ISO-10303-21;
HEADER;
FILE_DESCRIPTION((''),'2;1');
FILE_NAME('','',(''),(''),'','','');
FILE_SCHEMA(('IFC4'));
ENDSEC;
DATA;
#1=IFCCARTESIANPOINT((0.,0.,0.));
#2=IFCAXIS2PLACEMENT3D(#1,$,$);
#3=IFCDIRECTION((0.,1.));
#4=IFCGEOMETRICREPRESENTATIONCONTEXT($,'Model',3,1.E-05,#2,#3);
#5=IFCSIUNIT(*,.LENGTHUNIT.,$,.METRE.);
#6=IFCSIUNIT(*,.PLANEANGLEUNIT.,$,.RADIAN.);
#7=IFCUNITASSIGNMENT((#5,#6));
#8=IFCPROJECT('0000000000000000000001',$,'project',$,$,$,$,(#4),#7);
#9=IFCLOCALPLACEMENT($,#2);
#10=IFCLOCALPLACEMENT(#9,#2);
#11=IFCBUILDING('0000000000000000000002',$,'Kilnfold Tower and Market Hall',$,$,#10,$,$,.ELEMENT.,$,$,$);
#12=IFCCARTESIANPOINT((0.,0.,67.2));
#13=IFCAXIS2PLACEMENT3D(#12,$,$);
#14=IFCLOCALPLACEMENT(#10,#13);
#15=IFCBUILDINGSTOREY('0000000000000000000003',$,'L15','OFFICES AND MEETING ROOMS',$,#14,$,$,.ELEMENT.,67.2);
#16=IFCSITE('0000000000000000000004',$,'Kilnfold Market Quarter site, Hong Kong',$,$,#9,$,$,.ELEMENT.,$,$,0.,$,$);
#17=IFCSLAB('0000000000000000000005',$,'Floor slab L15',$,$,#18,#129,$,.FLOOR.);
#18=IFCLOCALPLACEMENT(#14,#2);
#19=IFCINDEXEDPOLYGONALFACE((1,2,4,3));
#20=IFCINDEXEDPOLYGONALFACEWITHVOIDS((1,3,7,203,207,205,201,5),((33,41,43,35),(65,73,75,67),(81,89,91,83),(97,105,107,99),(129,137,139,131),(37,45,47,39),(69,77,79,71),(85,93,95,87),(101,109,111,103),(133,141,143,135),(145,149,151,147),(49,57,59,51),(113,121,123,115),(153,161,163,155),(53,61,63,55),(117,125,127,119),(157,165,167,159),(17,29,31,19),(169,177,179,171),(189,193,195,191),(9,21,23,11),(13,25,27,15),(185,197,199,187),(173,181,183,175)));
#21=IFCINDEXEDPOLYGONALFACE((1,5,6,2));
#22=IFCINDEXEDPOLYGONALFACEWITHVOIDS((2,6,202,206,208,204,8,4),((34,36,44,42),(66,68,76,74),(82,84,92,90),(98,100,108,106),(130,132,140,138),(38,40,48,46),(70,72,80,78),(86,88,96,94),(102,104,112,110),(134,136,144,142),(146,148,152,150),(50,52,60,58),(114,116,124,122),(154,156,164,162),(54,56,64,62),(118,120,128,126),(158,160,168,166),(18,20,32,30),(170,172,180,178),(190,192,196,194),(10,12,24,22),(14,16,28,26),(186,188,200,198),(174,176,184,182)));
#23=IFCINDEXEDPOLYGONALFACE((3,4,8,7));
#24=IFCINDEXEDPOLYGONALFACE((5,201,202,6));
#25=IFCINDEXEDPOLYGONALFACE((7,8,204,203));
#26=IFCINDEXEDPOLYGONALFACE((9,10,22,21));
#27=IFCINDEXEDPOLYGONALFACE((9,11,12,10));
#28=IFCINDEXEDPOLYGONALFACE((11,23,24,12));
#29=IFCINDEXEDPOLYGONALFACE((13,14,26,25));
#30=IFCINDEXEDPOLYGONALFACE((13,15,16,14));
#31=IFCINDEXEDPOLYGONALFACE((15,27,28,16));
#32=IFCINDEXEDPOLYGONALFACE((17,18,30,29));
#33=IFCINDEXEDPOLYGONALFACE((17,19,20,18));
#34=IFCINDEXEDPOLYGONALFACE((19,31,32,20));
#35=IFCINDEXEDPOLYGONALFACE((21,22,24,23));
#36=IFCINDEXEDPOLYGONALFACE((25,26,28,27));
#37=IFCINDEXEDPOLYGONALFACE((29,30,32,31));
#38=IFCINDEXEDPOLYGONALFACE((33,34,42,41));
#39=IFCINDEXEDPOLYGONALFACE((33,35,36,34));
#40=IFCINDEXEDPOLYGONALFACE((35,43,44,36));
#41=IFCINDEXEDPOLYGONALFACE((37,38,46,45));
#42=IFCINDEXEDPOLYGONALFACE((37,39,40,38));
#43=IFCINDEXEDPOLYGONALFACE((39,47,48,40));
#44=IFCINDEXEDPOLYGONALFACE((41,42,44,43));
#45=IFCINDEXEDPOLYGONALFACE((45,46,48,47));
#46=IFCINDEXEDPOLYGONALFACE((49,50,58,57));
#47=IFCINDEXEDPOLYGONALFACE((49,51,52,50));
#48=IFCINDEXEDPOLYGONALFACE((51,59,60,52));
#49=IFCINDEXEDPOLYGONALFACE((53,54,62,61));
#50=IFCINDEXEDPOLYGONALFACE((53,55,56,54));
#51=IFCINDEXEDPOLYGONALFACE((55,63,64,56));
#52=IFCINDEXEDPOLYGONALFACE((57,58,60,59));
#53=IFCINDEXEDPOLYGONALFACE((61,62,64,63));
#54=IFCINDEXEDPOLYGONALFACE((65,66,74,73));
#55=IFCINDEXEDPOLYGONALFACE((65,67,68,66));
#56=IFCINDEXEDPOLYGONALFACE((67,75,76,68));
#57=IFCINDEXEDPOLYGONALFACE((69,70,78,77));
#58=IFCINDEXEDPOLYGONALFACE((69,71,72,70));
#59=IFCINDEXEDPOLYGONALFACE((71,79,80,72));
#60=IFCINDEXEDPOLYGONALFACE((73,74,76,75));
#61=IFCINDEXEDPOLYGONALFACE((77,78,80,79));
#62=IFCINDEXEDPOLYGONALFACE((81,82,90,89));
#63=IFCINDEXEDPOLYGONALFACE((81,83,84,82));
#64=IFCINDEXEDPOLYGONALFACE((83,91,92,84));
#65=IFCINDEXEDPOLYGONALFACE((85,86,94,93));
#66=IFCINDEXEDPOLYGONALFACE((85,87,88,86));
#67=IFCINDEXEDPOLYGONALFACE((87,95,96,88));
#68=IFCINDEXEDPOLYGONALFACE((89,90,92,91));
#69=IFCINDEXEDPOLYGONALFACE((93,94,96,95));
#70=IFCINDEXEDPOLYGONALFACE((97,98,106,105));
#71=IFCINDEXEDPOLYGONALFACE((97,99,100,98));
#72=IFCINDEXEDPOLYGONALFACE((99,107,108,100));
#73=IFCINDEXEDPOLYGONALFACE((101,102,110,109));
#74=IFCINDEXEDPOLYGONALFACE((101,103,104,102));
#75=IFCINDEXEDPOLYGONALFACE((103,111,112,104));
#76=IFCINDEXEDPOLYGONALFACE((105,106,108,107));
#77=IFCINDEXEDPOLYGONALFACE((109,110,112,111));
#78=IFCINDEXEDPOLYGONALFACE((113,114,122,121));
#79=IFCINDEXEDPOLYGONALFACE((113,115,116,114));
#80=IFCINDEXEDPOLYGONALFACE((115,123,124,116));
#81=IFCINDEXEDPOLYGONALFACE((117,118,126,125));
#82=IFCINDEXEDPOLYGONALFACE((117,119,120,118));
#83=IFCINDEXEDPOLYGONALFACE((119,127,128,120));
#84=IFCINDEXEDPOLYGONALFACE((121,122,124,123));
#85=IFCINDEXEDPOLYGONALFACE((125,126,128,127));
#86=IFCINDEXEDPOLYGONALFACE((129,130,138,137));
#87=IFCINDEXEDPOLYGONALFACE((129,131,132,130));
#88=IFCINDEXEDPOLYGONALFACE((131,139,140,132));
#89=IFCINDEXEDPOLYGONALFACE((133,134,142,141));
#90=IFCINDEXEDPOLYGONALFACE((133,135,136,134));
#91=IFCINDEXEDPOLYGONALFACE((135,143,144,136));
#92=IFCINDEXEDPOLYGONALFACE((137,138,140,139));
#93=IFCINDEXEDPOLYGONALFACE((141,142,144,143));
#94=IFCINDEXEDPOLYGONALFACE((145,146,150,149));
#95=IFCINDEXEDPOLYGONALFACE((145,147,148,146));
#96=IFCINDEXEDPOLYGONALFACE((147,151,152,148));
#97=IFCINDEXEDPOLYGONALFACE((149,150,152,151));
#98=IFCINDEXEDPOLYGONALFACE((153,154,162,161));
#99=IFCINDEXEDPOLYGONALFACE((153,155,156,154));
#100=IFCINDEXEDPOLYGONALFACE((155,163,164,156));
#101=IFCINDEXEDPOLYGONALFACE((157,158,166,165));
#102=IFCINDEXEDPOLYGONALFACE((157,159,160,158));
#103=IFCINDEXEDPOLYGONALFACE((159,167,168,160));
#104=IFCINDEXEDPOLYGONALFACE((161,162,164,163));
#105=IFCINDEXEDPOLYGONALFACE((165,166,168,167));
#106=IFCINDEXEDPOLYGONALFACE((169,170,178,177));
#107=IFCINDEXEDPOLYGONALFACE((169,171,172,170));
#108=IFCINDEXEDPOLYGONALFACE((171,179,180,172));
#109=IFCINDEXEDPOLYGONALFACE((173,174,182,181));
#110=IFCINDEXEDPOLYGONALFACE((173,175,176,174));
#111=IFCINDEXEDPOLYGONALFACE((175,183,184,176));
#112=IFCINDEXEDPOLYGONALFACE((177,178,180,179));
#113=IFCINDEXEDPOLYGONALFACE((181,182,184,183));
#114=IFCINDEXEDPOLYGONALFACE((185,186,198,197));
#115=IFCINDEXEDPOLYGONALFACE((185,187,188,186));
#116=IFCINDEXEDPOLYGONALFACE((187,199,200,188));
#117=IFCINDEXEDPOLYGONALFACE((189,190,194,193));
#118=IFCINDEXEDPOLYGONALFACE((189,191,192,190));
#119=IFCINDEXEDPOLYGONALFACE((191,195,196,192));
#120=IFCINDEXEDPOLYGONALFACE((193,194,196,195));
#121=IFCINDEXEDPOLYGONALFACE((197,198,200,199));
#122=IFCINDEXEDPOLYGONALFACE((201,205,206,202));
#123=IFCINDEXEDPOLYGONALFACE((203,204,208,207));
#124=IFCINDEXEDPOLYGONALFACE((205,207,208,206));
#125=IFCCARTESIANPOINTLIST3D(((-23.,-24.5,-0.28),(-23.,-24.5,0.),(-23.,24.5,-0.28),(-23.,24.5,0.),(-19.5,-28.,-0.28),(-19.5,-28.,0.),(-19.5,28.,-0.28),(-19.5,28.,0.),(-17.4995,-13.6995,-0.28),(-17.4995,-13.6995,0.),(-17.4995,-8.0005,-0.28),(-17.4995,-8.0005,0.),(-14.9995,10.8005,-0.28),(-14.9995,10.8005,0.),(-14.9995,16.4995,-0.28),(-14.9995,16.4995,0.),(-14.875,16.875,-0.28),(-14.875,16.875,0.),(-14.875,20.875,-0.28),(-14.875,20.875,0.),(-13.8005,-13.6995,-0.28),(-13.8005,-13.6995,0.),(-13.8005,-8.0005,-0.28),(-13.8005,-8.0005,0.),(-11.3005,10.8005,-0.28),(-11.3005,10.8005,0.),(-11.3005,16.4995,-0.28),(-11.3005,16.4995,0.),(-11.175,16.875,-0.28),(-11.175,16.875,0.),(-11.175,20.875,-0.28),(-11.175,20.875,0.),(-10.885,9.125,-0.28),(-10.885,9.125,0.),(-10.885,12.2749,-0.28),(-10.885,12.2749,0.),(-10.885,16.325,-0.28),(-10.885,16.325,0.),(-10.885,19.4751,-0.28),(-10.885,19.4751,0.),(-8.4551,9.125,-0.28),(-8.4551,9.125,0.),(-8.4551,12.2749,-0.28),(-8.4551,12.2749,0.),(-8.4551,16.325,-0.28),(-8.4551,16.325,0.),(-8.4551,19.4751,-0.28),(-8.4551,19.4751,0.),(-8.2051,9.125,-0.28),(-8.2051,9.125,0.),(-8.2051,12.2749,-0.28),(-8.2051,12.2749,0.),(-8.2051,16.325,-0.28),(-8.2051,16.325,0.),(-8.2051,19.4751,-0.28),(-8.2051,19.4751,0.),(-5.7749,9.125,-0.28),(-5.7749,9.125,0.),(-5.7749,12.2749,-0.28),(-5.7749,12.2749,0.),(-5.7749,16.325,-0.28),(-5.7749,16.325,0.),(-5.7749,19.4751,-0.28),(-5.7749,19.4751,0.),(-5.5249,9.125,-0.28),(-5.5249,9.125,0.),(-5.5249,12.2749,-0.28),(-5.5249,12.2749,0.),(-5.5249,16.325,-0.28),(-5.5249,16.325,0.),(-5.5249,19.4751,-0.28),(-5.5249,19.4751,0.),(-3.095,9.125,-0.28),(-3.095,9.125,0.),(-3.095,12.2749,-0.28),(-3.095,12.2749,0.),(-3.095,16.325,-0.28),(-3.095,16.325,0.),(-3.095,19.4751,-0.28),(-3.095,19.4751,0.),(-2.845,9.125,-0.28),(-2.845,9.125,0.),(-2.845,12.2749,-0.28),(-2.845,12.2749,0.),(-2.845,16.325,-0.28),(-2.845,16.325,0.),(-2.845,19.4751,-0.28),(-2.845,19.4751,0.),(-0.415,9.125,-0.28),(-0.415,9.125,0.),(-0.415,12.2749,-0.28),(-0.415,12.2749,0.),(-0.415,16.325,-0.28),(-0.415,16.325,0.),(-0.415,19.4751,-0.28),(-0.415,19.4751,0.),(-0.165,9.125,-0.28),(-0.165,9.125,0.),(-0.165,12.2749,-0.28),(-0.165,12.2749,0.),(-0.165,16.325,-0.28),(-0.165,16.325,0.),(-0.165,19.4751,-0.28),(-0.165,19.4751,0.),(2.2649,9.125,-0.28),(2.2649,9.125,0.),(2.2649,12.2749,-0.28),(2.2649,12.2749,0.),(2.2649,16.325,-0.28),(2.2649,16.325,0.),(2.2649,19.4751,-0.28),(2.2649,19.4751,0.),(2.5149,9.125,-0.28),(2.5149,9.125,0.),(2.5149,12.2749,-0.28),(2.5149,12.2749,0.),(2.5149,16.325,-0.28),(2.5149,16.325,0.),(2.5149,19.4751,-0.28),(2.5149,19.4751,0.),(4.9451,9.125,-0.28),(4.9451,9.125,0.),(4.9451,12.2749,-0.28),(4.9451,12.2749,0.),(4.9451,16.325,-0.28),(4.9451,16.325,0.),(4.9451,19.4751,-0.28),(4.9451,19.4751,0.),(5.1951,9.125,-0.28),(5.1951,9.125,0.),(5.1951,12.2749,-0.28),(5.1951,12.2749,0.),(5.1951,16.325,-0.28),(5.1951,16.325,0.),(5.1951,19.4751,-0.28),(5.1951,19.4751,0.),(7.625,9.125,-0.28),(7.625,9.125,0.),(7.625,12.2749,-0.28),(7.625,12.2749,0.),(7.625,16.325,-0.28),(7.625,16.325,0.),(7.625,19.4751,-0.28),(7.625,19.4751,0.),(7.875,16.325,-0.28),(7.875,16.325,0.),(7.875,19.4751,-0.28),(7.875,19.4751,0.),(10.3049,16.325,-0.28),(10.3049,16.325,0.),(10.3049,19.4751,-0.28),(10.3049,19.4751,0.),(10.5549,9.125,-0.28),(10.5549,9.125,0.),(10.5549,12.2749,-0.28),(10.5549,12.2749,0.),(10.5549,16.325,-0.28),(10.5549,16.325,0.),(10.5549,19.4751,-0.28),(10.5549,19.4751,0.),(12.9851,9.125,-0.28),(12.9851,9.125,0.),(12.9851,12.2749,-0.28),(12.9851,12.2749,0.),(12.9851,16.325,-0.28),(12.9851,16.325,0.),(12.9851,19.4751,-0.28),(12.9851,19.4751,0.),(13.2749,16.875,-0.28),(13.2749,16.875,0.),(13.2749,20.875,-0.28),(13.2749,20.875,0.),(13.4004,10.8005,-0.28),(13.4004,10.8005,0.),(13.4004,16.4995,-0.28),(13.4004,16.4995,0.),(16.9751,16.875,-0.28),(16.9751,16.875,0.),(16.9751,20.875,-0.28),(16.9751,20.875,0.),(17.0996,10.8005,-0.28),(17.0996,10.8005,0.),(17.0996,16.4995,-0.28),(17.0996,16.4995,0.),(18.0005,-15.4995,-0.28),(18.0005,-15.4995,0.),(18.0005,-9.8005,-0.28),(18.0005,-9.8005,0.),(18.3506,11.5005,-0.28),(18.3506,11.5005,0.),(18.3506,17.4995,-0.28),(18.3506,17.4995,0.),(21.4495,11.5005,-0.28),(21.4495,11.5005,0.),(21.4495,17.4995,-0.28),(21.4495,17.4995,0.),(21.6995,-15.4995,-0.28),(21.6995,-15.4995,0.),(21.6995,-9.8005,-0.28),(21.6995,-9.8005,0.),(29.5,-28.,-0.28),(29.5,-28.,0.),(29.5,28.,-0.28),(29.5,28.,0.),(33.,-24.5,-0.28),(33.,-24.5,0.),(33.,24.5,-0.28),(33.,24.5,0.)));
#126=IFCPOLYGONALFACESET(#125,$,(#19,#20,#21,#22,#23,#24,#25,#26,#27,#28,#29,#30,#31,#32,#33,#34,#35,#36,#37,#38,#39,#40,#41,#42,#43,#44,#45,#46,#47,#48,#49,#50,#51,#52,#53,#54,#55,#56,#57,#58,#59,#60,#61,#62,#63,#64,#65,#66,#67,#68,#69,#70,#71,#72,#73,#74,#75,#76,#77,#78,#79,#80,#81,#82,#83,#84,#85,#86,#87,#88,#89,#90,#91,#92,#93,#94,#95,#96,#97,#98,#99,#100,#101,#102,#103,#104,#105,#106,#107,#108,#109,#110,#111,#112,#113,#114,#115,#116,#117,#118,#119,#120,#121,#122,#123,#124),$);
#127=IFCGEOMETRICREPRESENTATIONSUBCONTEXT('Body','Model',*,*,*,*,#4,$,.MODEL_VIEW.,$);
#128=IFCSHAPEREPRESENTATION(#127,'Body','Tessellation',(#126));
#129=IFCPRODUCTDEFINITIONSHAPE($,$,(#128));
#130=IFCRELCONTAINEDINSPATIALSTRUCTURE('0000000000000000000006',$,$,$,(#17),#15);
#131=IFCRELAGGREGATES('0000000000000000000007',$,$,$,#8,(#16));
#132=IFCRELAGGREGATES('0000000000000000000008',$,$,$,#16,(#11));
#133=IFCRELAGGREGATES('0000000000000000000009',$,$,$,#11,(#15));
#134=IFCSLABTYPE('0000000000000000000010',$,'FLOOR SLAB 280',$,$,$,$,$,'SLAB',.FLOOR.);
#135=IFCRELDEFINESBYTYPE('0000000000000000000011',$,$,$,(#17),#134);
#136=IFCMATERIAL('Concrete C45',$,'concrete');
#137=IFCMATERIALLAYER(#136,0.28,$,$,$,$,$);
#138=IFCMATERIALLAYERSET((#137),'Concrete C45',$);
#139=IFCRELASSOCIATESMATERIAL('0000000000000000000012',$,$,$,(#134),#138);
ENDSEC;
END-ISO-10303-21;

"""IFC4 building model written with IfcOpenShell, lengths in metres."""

from ifc_helpers import new_model, si_unit, direction, frame, origin, place, context, subcontext, project, spatial, polyline, outline, extrude, source, transform, mapped, material, layer, layer_set, type_object, element, save


model = new_model("IFC4")

# Units and contexts
model_context = context("Model", 3, precision=1e-05, world=origin(), true_north=direction((0.0, 1.0)))
body_context = subcontext(model_context, "Body", "Model", "MODEL_VIEW")
ifc_project = project(units=[si_unit("LENGTHUNIT", "METRE"), si_unit("PLANEANGLEUNIT", "RADIAN")], contexts=[model_context])

# Site, building, storey
site_placement = place(None, origin())
site = spatial("IfcSite", under=ifc_project, at=site_placement, Name="Kilnfold Market Quarter site, Hong Kong", CompositionType="ELEMENT", RefElevation=0.0)
building_placement = place(site_placement, origin())
building = spatial("IfcBuilding", under=site, at=building_placement, Name="Kilnfold Tower and Market Hall", CompositionType="ELEMENT")
storey_placement = place(building_placement, frame((0.0, 0.0, 67.2)))
storey = spatial("IfcBuildingStorey", under=building, at=storey_placement, Name="L15", Description="OFFICES AND MEETING ROOMS", CompositionType="ELEMENT", Elevation=67.2)

# Slab
ifc_material_1 = material(Name="Concrete C45", Category="concrete")
ifc_layer_1 = layer(ifc_material_1, 0.28)
ifc_layer_set_1 = layer_set([ifc_layer_1], Name="Concrete C45")
slab_type_1 = type_object("IfcSlabType", Name="FLOOR SLAB 280", ElementType="SLAB", PredefinedType="FLOOR", material=ifc_layer_set_1)
shared_shape_1 = source(origin(), body_context, "Body", "SweptSolid", [
    extrude(outline(polyline([(-19.5, -28.0), (29.5, -28.0), (33.0, -24.5), (33.0, 24.5), (29.5, 28.0), (-19.5, 28.0), (-23.0, 24.5), (-23.0, -24.5), (-19.5, -28.0)]), holes=[polyline([(-13.8005, -13.6995), (-17.4995, -13.6995), (-17.4995, -8.0005), (-13.8005, -8.0005), (-13.8005, -13.6995)]), polyline([(-14.9995, 10.8005), (-14.9995, 16.4995), (-11.3005, 16.4995), (-11.3005, 10.8005), (-14.9995, 10.8005)]), polyline([(-14.875, 16.875), (-14.875, 20.875), (-11.175, 20.875), (-11.175, 16.875), (-14.875, 16.875)]), polyline([(-10.885, 9.125), (-10.885, 12.2749), (-8.4551, 12.2749), (-8.4551, 9.125), (-10.885, 9.125)]), polyline([(-8.4551, 16.325), (-10.885, 16.325), (-10.885, 19.4751), (-8.4551, 19.4751), (-8.4551, 16.325)]), polyline([(-8.2051, 9.125), (-8.2051, 12.2749), (-5.7749, 12.2749), (-5.7749, 9.125), (-8.2051, 9.125)]), polyline([(-8.2051, 16.325), (-8.2051, 19.4751), (-5.7749, 19.4751), (-5.7749, 16.325), (-8.2051, 16.325)]), polyline([(-3.095, 9.125), (-5.5249, 9.125), (-5.5249, 12.2749), (-3.095, 12.2749), (-3.095, 9.125)]), polyline([(-5.5249, 16.325), (-5.5249, 19.4751), (-3.095, 19.4751), (-3.095, 16.325), (-5.5249, 16.325)]), polyline([(-2.845, 9.125), (-2.845, 12.2749), (-0.415, 12.2749), (-0.415, 9.125), (-2.845, 9.125)]), polyline([(-0.415, 16.325), (-2.845, 16.325), (-2.845, 19.4751), (-0.415, 19.4751), (-0.415, 16.325)]), polyline([(-0.165, 9.125), (-0.165, 12.2749), (2.2649, 12.2749), (2.2649, 9.125), (-0.165, 9.125)]), polyline([(-0.165, 16.325), (-0.165, 19.4751), (2.2649, 19.4751), (2.2649, 16.325), (-0.165, 16.325)]), polyline([(2.5149, 9.125), (2.5149, 12.2749), (4.9451, 12.2749), (4.9451, 9.125), (2.5149, 9.125)]), polyline([(2.5149, 16.325), (2.5149, 19.4751), (4.9451, 19.4751), (4.9451, 16.325), (2.5149, 16.325)]), polyline([(7.625, 9.125), (5.1951, 9.125), (5.1951, 12.2749), (7.625, 12.2749), (7.625, 9.125)]), polyline([(5.1951, 16.325), (5.1951, 19.4751), (7.625, 19.4751), (7.625, 16.325), (5.1951, 16.325)]), polyline([(10.3049, 16.325), (7.875, 16.325), (7.875, 19.4751), (10.3049, 19.4751), (10.3049, 16.325)]), polyline([(10.5549, 9.125), (10.5549, 12.2749), (12.9851, 12.2749), (12.9851, 9.125), (10.5549, 9.125)]), polyline([(10.5549, 16.325), (10.5549, 19.4751), (12.9851, 19.4751), (12.9851, 16.325), (10.5549, 16.325)]), polyline([(13.2749, 16.875), (13.2749, 20.875), (16.9751, 20.875), (16.9751, 16.875), (13.2749, 16.875)]), polyline([(13.4004, 10.8005), (13.4004, 16.4995), (17.0996, 16.4995), (17.0996, 10.8005), (13.4004, 10.8005)]), polyline([(18.0005, -9.8005), (21.6995, -9.8005), (21.6995, -15.4995), (18.0005, -15.4995), (18.0005, -9.8005)]), polyline([(21.4495, 11.5005), (18.3506, 11.5005), (18.3506, 17.4995), (21.4495, 17.4995), (21.4495, 11.5005)])]), origin(), (0.0, 0.0, 1.0), 0.28),
])
slab_1_placement = place(storey_placement, frame((0.0, 0.0, -0.28)))
element("IfcSlab", 1, at=slab_1_placement, inside=storey, type_object=slab_type_1, Name="Floor slab L15", PredefinedType="FLOOR", context=body_context, shape_type="MappedRepresentation", body=[
    mapped(shared_shape_1, transform((0.0, 0.0, 0.0))),
])

save(model, "model.ifc")
